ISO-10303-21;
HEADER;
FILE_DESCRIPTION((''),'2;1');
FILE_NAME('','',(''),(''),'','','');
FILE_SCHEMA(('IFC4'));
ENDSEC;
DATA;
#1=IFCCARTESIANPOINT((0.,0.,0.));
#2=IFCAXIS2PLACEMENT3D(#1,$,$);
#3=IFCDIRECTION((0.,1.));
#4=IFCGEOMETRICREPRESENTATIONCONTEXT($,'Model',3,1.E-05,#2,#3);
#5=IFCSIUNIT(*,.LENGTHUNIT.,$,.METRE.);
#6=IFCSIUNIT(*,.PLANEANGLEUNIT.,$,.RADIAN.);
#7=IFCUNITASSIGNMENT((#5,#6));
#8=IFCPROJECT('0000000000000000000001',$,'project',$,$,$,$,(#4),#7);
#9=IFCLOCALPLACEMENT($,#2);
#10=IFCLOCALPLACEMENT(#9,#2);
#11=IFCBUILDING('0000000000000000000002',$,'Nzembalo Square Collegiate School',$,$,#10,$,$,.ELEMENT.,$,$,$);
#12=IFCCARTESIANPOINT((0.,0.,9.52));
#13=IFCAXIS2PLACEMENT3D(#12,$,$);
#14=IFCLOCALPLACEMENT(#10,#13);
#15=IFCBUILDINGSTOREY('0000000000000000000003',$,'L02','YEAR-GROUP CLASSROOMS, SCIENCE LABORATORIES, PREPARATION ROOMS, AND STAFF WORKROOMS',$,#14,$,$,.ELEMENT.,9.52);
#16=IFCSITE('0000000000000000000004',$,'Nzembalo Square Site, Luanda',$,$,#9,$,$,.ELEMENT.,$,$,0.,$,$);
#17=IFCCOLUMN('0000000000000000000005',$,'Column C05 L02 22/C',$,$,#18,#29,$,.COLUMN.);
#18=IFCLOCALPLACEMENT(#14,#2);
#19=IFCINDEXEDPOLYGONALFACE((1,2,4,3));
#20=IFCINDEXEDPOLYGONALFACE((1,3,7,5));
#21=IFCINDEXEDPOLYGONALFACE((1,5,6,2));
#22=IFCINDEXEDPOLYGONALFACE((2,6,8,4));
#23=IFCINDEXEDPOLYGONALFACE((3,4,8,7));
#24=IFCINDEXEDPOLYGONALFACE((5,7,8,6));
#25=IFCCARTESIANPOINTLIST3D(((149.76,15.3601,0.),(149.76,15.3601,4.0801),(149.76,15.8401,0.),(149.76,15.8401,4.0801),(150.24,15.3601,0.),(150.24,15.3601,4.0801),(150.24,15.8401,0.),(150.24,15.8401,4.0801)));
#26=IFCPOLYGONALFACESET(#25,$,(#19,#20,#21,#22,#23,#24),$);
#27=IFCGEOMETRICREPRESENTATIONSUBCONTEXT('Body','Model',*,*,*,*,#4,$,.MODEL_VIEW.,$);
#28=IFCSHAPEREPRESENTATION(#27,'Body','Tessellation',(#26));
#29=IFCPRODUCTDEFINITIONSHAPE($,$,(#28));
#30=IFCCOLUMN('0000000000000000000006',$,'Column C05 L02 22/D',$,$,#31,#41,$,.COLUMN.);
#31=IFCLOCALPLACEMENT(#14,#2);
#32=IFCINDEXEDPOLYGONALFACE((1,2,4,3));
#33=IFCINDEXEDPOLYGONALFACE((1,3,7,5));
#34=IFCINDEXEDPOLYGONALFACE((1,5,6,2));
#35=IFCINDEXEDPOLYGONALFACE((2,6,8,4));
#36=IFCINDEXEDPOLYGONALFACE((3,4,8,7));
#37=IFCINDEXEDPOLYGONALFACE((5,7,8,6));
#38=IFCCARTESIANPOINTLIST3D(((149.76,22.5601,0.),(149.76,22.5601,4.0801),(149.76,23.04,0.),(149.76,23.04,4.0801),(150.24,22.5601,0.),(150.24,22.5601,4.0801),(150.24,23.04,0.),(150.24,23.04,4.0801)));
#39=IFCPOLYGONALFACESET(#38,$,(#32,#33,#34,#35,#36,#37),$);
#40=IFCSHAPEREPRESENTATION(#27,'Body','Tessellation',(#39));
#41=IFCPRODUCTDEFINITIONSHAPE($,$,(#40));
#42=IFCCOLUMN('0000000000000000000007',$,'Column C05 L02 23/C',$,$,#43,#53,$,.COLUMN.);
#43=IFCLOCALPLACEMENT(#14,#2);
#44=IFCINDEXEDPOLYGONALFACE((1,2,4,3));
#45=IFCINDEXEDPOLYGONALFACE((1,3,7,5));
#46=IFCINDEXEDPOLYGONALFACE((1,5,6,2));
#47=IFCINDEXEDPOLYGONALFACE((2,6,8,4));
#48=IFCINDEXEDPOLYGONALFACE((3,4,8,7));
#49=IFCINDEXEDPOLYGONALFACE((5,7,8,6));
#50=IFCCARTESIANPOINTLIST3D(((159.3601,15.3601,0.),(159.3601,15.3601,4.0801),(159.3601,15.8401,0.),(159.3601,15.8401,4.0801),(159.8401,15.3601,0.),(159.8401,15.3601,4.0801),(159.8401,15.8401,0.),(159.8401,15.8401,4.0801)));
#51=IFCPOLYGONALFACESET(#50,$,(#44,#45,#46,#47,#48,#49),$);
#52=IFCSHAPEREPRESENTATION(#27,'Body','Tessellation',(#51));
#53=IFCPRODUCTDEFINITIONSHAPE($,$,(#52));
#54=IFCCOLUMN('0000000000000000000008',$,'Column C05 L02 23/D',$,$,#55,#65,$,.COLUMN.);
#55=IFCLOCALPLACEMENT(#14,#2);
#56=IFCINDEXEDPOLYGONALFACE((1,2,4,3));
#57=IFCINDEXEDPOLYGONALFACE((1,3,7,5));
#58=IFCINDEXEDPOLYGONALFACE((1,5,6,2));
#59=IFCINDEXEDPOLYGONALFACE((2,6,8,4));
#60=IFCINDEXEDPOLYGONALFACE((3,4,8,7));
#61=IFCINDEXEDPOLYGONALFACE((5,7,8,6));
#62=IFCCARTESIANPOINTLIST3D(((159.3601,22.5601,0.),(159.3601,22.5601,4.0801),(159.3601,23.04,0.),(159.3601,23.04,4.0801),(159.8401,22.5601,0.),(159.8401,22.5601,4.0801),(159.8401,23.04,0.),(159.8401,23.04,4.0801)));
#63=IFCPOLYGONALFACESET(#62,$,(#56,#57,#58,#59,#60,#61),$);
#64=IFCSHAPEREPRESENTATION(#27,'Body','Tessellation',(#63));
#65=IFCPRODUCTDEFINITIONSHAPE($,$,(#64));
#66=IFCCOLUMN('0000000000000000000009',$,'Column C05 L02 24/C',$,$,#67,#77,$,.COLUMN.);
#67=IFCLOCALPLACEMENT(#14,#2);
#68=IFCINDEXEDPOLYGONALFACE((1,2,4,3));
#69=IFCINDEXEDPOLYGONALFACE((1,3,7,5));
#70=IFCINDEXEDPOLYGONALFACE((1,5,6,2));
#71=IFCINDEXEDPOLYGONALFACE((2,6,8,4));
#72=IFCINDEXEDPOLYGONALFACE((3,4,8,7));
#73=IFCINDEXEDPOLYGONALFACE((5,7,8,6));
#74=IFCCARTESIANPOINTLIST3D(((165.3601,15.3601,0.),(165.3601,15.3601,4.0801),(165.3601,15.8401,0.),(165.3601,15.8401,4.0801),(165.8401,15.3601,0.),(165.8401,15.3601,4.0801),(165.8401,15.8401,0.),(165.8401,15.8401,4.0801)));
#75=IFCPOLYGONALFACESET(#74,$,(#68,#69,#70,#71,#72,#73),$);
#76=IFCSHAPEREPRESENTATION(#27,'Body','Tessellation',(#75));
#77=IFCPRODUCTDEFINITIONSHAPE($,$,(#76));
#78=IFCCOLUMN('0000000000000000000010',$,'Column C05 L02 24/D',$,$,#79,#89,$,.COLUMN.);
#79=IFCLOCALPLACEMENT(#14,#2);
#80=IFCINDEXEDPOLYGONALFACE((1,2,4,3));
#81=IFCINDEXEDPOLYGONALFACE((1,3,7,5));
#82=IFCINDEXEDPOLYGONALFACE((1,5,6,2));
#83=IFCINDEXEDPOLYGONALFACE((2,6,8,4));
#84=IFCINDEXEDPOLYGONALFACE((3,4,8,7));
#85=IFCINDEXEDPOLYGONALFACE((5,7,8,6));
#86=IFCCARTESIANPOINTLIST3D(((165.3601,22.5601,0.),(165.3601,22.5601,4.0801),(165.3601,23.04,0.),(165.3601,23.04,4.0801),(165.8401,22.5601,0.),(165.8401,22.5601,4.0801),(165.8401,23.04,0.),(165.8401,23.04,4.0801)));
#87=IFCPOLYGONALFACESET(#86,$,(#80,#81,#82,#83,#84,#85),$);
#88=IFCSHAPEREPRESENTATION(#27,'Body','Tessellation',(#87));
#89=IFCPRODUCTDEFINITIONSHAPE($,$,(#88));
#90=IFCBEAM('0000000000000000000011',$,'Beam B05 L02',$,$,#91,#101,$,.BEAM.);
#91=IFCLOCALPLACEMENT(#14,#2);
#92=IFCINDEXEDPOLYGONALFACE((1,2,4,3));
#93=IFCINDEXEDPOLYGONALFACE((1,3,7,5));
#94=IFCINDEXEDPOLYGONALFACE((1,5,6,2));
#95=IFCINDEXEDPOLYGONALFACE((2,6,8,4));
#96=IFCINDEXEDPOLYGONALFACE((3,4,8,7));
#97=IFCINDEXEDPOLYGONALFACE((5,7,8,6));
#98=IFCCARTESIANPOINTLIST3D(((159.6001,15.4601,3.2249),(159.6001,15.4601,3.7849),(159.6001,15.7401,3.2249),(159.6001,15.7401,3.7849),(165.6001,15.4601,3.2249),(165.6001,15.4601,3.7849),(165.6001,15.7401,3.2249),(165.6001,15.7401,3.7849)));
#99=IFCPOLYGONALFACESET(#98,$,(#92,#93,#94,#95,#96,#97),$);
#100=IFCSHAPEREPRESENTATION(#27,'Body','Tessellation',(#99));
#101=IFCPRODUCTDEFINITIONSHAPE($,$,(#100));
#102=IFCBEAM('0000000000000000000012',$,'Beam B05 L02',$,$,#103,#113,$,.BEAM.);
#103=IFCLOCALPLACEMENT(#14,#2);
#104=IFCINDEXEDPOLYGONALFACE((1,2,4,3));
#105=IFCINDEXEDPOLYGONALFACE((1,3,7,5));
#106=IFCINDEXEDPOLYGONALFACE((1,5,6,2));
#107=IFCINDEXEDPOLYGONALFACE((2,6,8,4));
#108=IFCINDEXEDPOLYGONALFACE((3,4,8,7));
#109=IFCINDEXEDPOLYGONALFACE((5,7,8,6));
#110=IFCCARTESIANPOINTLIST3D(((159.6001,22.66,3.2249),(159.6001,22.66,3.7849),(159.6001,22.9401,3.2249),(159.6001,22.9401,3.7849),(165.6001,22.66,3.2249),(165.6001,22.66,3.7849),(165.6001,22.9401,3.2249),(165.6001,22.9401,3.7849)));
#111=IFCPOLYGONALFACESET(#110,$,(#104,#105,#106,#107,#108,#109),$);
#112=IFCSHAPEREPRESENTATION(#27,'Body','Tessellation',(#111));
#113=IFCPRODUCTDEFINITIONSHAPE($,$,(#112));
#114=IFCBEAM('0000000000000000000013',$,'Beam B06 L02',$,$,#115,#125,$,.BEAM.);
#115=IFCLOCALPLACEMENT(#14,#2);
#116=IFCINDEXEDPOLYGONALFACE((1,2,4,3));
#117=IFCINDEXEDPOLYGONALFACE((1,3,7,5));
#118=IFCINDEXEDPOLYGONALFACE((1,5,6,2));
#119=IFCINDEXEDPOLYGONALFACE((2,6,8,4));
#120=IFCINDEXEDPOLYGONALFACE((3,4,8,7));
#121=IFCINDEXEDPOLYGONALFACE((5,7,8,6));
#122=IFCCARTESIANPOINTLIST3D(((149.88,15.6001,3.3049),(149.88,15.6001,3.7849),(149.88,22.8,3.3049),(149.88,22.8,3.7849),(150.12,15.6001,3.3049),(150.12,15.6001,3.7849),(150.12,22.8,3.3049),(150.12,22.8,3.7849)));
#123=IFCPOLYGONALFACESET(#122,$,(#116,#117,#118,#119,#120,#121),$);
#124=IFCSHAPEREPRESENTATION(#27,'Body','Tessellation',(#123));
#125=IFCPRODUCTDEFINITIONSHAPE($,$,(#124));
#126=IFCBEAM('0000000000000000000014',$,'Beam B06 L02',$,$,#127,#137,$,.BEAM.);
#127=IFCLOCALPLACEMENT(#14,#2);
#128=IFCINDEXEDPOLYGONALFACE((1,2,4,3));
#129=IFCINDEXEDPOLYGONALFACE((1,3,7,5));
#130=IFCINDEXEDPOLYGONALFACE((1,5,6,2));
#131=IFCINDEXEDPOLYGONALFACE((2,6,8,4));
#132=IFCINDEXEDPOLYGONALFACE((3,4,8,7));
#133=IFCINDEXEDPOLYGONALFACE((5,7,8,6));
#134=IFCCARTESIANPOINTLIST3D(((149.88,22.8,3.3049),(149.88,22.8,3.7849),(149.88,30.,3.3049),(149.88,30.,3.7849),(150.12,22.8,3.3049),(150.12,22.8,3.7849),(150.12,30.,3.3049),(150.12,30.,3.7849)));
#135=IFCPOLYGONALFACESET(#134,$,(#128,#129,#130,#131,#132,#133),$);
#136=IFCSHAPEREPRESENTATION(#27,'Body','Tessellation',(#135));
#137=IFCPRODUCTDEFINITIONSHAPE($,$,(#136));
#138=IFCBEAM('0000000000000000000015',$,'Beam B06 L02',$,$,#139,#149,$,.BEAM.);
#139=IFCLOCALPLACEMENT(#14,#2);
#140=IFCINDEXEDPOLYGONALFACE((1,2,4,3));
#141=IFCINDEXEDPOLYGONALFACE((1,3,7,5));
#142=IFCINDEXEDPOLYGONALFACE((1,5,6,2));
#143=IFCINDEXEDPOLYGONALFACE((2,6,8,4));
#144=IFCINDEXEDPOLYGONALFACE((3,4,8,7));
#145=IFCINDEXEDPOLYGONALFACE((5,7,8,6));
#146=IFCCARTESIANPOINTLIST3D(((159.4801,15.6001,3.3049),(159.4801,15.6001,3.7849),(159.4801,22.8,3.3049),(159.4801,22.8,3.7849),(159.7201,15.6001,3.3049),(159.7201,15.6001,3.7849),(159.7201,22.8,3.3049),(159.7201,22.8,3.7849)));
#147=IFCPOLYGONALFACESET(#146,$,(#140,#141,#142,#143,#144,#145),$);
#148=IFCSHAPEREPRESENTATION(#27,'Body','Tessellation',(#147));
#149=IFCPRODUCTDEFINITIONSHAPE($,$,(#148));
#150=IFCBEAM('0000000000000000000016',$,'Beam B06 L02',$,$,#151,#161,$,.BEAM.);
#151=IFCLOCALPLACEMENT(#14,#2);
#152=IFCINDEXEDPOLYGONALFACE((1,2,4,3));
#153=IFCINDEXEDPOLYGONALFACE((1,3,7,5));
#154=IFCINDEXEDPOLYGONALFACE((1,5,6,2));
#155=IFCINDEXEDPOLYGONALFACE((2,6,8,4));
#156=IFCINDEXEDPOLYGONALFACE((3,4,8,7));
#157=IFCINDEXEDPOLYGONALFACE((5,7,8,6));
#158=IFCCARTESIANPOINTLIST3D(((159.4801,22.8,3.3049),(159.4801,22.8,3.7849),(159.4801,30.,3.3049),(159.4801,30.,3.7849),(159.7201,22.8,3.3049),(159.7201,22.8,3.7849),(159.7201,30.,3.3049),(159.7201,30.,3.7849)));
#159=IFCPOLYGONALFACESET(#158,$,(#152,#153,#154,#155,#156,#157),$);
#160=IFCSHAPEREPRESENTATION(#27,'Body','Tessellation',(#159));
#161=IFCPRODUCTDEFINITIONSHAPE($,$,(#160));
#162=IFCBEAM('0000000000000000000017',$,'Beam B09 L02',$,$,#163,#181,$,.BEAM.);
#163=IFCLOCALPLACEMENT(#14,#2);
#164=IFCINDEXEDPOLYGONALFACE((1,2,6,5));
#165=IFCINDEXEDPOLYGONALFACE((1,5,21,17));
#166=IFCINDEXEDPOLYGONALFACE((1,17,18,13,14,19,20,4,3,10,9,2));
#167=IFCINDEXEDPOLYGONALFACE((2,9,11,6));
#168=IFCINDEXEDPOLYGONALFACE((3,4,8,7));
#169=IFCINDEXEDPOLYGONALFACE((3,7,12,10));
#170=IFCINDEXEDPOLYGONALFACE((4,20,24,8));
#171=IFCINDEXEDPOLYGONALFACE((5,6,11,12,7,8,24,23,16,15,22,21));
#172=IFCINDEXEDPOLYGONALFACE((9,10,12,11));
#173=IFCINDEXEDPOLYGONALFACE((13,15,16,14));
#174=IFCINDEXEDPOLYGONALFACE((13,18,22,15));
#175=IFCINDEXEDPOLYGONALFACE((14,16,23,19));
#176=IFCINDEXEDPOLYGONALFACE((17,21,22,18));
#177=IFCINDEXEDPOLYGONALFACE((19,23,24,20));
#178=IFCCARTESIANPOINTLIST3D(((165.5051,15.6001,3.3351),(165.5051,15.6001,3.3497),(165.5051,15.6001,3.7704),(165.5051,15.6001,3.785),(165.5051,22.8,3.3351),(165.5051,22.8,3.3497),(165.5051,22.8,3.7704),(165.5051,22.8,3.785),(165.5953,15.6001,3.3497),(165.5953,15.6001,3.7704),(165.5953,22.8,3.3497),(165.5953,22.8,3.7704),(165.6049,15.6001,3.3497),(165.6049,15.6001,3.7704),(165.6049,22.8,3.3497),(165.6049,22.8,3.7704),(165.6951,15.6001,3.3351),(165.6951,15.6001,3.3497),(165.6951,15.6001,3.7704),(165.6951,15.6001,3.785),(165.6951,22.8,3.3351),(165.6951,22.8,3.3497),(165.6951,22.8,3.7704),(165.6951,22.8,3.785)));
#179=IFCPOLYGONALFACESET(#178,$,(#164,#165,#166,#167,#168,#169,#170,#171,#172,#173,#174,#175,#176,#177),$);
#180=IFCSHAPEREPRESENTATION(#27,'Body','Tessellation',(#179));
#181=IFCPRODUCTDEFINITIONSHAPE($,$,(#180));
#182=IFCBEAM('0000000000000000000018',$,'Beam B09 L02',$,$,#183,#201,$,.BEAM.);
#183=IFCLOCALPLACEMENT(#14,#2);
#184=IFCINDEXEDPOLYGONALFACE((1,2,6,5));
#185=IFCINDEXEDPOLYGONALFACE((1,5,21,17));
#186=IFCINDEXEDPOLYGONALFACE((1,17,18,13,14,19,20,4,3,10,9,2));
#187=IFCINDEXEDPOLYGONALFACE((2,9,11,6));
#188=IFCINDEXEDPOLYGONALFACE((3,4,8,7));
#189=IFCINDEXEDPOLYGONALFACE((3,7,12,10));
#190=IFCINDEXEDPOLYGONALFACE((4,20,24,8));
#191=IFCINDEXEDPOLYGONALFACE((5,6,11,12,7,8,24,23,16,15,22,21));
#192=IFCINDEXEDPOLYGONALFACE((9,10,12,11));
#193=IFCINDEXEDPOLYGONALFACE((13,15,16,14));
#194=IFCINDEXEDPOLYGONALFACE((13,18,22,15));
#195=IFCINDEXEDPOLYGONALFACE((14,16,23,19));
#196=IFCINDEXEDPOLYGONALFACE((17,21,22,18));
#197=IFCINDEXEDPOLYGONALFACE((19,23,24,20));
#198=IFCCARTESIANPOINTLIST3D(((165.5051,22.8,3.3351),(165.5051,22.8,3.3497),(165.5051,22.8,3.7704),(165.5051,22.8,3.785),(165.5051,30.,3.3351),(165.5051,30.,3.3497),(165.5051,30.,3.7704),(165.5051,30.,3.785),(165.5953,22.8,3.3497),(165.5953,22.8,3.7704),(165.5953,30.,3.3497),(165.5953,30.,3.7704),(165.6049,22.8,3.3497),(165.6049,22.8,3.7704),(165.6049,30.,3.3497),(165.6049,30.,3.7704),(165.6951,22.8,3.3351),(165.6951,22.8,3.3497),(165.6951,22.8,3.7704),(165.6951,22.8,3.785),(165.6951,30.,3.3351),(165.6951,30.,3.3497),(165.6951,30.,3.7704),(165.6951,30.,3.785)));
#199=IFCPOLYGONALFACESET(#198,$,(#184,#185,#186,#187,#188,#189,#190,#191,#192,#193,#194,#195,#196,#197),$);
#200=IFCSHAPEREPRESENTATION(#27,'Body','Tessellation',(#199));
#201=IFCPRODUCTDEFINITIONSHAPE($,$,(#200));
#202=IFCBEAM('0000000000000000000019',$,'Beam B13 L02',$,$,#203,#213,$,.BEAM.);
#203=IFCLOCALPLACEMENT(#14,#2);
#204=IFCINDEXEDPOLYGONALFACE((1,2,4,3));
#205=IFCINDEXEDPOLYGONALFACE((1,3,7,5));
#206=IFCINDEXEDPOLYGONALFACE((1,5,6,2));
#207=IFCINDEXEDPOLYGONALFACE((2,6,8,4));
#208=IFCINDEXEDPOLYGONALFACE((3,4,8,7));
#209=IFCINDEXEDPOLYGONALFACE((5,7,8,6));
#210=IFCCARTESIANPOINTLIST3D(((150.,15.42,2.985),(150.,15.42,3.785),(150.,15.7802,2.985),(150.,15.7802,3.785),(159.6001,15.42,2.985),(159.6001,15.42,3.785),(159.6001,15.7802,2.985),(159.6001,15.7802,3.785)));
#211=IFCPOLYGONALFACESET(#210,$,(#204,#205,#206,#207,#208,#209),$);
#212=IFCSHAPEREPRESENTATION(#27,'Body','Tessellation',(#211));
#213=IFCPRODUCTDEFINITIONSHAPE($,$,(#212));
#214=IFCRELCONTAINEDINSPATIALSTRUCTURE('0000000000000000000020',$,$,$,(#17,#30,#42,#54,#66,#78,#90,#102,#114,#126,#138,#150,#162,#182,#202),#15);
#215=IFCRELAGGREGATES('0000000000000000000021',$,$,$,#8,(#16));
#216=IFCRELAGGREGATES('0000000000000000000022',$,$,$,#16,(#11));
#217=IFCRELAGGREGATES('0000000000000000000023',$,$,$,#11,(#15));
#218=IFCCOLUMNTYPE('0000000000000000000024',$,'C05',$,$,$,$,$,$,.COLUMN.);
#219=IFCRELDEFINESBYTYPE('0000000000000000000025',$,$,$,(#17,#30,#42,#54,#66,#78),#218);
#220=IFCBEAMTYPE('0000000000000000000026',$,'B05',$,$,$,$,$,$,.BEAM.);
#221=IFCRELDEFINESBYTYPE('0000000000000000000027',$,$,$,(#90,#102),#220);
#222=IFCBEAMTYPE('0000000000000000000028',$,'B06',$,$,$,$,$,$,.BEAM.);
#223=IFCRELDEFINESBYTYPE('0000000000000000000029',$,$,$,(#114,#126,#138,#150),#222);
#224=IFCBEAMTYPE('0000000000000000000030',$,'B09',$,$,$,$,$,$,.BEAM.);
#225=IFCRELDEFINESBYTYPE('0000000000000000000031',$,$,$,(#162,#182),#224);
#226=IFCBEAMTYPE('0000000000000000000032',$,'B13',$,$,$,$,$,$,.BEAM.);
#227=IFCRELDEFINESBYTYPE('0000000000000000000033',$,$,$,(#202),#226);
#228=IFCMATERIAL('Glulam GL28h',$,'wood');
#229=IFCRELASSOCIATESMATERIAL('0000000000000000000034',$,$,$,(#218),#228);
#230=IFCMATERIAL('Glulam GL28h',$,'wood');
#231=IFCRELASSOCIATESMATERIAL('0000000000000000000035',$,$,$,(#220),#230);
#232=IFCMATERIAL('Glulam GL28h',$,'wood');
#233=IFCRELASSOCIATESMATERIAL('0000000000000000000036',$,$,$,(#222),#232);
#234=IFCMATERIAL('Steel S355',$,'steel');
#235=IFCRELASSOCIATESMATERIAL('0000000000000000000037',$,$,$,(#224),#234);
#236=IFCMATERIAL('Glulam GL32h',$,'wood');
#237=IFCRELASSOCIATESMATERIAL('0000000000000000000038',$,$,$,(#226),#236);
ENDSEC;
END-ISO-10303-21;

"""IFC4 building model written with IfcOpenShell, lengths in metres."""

from ifc_helpers import new_model, si_unit, direction, frame, origin, origin_2d, place, context, subcontext, project, spatial, rectangle, i_section, extrude, material, material_profile, profile_set, type_object, element, save


model = new_model("IFC4")

# Units and contexts
model_context = context("Model", 3, precision=1e-05, world=origin(), true_north=direction((0.0, 1.0)))
body_context = subcontext(model_context, "Body", "Model", "MODEL_VIEW")
ifc_project = project(units=[si_unit("LENGTHUNIT", "METRE"), si_unit("PLANEANGLEUNIT", "RADIAN")], contexts=[model_context])

# Site, building, storey
site_placement = place(None, origin())
site = spatial("IfcSite", under=ifc_project, at=site_placement, Name="Nzembalo Square Site, Luanda", CompositionType="ELEMENT", RefElevation=0.0)
building_placement = place(site_placement, origin())
building = spatial("IfcBuilding", under=site, at=building_placement, Name="Nzembalo Square Collegiate School", CompositionType="ELEMENT")
storey_placement = place(building_placement, frame((0.0, 0.0, 9.52)))
storey = spatial("IfcBuildingStorey", under=building, at=storey_placement, Name="L02", Description="YEAR-GROUP CLASSROOMS, SCIENCE LABORATORIES, PREPARATION ROOMS, AND STAFF WORKROOMS", CompositionType="ELEMENT", Elevation=9.52)

# Columns
ifc_material_1 = material(Name="Glulam GL28h", Category="wood")
ifc_material_profile_1 = material_profile(ifc_material_1, rectangle(XDim=0.48, YDim=0.48, at=origin_2d()), Name="GL28h 480x480")
ifc_profile_set_1 = profile_set([ifc_material_profile_1], Name="Glulam GL28h")
column_type = type_object("IfcColumnType", Name="C05", PredefinedType="COLUMN", material=ifc_profile_set_1)
for number, where, z_axis, x_axis, name in (
    (1, (150.0, 15.6001, 0.0), (0.0, 0.0, 1.0), (1.0, 0.0, 0.0), "Column C05 L02 22/C"),
    (2, (150.0, 22.8, 0.0), (0.0, 0.0, 1.0), (1.0, 0.0, 0.0), "Column C05 L02 22/D"),
    (3, (159.6001, 15.6001, 0.0), (0.0, 0.0, 1.0), (1.0, 0.0, 0.0), "Column C05 L02 23/C"),
    (4, (159.6001, 22.8, 0.0), (0.0, 0.0, 1.0), (1.0, 0.0, 0.0), "Column C05 L02 23/D"),
    (5, (165.6001, 15.6001, 0.0), (0.0, 0.0, 1.0), (1.0, 0.0, 0.0), "Column C05 L02 24/C"),
    (6, (165.6001, 22.8, 0.0), (0.0, 0.0, 1.0), (1.0, 0.0, 0.0), "Column C05 L02 24/D"),
):
    element("IfcColumn", number, at=place(storey_placement, frame(where, z_axis=z_axis, x_axis=x_axis)), inside=storey, type_object=column_type, Name=name, PredefinedType="COLUMN", context=body_context, shape_type="SweptSolid", body=[
        extrude(rectangle(XDim=0.48, YDim=0.48, at=origin_2d()), origin(), (0.0, 0.0, 1.0), 4.0801),
    ])

# Beams
ifc_material_2 = material(Name="Glulam GL28h", Category="wood")
ifc_material_profile_2 = material_profile(ifc_material_2, rectangle(XDim=0.28, YDim=0.5601, at=origin_2d()), Name="GL28h 280x560")
ifc_profile_set_2 = profile_set([ifc_material_profile_2], Name="Glulam GL28h")
beam_type_1 = type_object("IfcBeamType", Name="B05", PredefinedType="BEAM", material=ifc_profile_set_2)
for number, where, z_axis, x_axis, name in (
    (7, (159.6001, 15.6001, 3.5049), (1.0, 0.0, 0.0), (0.0, 1.0, 0.0), "Beam B05 L02"),
    (8, (159.6001, 22.8, 3.5049), (1.0, 0.0, 0.0), (0.0, 1.0, 0.0), "Beam B05 L02"),
):
    element("IfcBeam", number, at=place(storey_placement, frame(where, z_axis=z_axis, x_axis=x_axis)), inside=storey, type_object=beam_type_1, Name=name, PredefinedType="BEAM", context=body_context, shape_type="SweptSolid", body=[
        extrude(rectangle(XDim=0.28, YDim=0.5601, at=origin_2d()), origin(), (0.0, 0.0, 1.0), 6.0),
    ])
ifc_material_3 = material(Name="Glulam GL28h", Category="wood")
ifc_material_profile_3 = material_profile(ifc_material_3, rectangle(XDim=0.24, YDim=0.48, at=origin_2d()), Name="GL28h 240x480")
ifc_profile_set_3 = profile_set([ifc_material_profile_3], Name="Glulam GL28h")
beam_type_2 = type_object("IfcBeamType", Name="B06", PredefinedType="BEAM", material=ifc_profile_set_3)
for number, where, z_axis, x_axis, name in (
    (9, (150.0, 15.6001, 3.5449), (0.0, 1.0, 0.0), (-1.0, 0.0, 0.0), "Beam B06 L02"),
    (10, (150.0, 22.8, 3.5449), (0.0, 1.0, 0.0), (-1.0, 0.0, 0.0), "Beam B06 L02"),
    (11, (159.6001, 15.6001, 3.5449), (0.0, 1.0, 0.0), (-1.0, 0.0, 0.0), "Beam B06 L02"),
    (12, (159.6001, 22.8, 3.5449), (0.0, 1.0, 0.0), (-1.0, 0.0, 0.0), "Beam B06 L02"),
):
    element("IfcBeam", number, at=place(storey_placement, frame(where, z_axis=z_axis, x_axis=x_axis)), inside=storey, type_object=beam_type_2, Name=name, PredefinedType="BEAM", context=body_context, shape_type="SweptSolid", body=[
        extrude(rectangle(XDim=0.24, YDim=0.48, at=origin_2d()), origin(), (0.0, 0.0, 1.0), 7.2),
    ])
ifc_material_4 = material(Name="Steel S355", Category="steel")
ifc_material_profile_4 = material_profile(ifc_material_4, i_section(OverallWidth=0.1899, OverallDepth=0.45, WebThickness=0.0095, FlangeThickness=0.0146, at=origin_2d()), Name="IPE 450")
ifc_profile_set_4 = profile_set([ifc_material_profile_4], Name="Steel S355")
beam_type_3 = type_object("IfcBeamType", Name="B09", PredefinedType="BEAM", material=ifc_profile_set_4)
for number, where, z_axis, x_axis, name in (
    (13, (165.6001, 15.6001, 3.5601), (0.0, 1.0, 0.0), (-1.0, 0.0, 0.0), "Beam B09 L02"),
    (14, (165.6001, 22.8, 3.5601), (0.0, 1.0, 0.0), (-1.0, 0.0, 0.0), "Beam B09 L02"),
):
    element("IfcBeam", number, at=place(storey_placement, frame(where, z_axis=z_axis, x_axis=x_axis)), inside=storey, type_object=beam_type_3, Name=name, PredefinedType="BEAM", context=body_context, shape_type="SweptSolid", body=[
        extrude(i_section(OverallWidth=0.1899, OverallDepth=0.45, WebThickness=0.0095, FlangeThickness=0.0146, at=origin_2d()), origin(), (0.0, 0.0, 1.0), 7.2),
    ])
ifc_material_5 = material(Name="Glulam GL32h", Category="wood")
ifc_material_profile_5 = material_profile(ifc_material_5, rectangle(XDim=0.3601, YDim=0.8, at=origin_2d()), Name="GL32h 360x800")
ifc_profile_set_5 = profile_set([ifc_material_profile_5], Name="Glulam GL32h")
beam_type_4 = type_object("IfcBeamType", Name="B13", PredefinedType="BEAM", material=ifc_profile_set_5)
for number, where, z_axis, x_axis, name in (
    (15, (150.0, 15.6001, 3.385), (1.0, 0.0, 0.0), (0.0, 1.0, 0.0), "Beam B13 L02"),
):
    element("IfcBeam", number, at=place(storey_placement, frame(where, z_axis=z_axis, x_axis=x_axis)), inside=storey, type_object=beam_type_4, Name=name, PredefinedType="BEAM", context=body_context, shape_type="SweptSolid", body=[
        extrude(rectangle(XDim=0.3601, YDim=0.8, at=origin_2d()), origin(), (0.0, 0.0, 1.0), 9.6001),
    ])

save(model, "model.ifc")
